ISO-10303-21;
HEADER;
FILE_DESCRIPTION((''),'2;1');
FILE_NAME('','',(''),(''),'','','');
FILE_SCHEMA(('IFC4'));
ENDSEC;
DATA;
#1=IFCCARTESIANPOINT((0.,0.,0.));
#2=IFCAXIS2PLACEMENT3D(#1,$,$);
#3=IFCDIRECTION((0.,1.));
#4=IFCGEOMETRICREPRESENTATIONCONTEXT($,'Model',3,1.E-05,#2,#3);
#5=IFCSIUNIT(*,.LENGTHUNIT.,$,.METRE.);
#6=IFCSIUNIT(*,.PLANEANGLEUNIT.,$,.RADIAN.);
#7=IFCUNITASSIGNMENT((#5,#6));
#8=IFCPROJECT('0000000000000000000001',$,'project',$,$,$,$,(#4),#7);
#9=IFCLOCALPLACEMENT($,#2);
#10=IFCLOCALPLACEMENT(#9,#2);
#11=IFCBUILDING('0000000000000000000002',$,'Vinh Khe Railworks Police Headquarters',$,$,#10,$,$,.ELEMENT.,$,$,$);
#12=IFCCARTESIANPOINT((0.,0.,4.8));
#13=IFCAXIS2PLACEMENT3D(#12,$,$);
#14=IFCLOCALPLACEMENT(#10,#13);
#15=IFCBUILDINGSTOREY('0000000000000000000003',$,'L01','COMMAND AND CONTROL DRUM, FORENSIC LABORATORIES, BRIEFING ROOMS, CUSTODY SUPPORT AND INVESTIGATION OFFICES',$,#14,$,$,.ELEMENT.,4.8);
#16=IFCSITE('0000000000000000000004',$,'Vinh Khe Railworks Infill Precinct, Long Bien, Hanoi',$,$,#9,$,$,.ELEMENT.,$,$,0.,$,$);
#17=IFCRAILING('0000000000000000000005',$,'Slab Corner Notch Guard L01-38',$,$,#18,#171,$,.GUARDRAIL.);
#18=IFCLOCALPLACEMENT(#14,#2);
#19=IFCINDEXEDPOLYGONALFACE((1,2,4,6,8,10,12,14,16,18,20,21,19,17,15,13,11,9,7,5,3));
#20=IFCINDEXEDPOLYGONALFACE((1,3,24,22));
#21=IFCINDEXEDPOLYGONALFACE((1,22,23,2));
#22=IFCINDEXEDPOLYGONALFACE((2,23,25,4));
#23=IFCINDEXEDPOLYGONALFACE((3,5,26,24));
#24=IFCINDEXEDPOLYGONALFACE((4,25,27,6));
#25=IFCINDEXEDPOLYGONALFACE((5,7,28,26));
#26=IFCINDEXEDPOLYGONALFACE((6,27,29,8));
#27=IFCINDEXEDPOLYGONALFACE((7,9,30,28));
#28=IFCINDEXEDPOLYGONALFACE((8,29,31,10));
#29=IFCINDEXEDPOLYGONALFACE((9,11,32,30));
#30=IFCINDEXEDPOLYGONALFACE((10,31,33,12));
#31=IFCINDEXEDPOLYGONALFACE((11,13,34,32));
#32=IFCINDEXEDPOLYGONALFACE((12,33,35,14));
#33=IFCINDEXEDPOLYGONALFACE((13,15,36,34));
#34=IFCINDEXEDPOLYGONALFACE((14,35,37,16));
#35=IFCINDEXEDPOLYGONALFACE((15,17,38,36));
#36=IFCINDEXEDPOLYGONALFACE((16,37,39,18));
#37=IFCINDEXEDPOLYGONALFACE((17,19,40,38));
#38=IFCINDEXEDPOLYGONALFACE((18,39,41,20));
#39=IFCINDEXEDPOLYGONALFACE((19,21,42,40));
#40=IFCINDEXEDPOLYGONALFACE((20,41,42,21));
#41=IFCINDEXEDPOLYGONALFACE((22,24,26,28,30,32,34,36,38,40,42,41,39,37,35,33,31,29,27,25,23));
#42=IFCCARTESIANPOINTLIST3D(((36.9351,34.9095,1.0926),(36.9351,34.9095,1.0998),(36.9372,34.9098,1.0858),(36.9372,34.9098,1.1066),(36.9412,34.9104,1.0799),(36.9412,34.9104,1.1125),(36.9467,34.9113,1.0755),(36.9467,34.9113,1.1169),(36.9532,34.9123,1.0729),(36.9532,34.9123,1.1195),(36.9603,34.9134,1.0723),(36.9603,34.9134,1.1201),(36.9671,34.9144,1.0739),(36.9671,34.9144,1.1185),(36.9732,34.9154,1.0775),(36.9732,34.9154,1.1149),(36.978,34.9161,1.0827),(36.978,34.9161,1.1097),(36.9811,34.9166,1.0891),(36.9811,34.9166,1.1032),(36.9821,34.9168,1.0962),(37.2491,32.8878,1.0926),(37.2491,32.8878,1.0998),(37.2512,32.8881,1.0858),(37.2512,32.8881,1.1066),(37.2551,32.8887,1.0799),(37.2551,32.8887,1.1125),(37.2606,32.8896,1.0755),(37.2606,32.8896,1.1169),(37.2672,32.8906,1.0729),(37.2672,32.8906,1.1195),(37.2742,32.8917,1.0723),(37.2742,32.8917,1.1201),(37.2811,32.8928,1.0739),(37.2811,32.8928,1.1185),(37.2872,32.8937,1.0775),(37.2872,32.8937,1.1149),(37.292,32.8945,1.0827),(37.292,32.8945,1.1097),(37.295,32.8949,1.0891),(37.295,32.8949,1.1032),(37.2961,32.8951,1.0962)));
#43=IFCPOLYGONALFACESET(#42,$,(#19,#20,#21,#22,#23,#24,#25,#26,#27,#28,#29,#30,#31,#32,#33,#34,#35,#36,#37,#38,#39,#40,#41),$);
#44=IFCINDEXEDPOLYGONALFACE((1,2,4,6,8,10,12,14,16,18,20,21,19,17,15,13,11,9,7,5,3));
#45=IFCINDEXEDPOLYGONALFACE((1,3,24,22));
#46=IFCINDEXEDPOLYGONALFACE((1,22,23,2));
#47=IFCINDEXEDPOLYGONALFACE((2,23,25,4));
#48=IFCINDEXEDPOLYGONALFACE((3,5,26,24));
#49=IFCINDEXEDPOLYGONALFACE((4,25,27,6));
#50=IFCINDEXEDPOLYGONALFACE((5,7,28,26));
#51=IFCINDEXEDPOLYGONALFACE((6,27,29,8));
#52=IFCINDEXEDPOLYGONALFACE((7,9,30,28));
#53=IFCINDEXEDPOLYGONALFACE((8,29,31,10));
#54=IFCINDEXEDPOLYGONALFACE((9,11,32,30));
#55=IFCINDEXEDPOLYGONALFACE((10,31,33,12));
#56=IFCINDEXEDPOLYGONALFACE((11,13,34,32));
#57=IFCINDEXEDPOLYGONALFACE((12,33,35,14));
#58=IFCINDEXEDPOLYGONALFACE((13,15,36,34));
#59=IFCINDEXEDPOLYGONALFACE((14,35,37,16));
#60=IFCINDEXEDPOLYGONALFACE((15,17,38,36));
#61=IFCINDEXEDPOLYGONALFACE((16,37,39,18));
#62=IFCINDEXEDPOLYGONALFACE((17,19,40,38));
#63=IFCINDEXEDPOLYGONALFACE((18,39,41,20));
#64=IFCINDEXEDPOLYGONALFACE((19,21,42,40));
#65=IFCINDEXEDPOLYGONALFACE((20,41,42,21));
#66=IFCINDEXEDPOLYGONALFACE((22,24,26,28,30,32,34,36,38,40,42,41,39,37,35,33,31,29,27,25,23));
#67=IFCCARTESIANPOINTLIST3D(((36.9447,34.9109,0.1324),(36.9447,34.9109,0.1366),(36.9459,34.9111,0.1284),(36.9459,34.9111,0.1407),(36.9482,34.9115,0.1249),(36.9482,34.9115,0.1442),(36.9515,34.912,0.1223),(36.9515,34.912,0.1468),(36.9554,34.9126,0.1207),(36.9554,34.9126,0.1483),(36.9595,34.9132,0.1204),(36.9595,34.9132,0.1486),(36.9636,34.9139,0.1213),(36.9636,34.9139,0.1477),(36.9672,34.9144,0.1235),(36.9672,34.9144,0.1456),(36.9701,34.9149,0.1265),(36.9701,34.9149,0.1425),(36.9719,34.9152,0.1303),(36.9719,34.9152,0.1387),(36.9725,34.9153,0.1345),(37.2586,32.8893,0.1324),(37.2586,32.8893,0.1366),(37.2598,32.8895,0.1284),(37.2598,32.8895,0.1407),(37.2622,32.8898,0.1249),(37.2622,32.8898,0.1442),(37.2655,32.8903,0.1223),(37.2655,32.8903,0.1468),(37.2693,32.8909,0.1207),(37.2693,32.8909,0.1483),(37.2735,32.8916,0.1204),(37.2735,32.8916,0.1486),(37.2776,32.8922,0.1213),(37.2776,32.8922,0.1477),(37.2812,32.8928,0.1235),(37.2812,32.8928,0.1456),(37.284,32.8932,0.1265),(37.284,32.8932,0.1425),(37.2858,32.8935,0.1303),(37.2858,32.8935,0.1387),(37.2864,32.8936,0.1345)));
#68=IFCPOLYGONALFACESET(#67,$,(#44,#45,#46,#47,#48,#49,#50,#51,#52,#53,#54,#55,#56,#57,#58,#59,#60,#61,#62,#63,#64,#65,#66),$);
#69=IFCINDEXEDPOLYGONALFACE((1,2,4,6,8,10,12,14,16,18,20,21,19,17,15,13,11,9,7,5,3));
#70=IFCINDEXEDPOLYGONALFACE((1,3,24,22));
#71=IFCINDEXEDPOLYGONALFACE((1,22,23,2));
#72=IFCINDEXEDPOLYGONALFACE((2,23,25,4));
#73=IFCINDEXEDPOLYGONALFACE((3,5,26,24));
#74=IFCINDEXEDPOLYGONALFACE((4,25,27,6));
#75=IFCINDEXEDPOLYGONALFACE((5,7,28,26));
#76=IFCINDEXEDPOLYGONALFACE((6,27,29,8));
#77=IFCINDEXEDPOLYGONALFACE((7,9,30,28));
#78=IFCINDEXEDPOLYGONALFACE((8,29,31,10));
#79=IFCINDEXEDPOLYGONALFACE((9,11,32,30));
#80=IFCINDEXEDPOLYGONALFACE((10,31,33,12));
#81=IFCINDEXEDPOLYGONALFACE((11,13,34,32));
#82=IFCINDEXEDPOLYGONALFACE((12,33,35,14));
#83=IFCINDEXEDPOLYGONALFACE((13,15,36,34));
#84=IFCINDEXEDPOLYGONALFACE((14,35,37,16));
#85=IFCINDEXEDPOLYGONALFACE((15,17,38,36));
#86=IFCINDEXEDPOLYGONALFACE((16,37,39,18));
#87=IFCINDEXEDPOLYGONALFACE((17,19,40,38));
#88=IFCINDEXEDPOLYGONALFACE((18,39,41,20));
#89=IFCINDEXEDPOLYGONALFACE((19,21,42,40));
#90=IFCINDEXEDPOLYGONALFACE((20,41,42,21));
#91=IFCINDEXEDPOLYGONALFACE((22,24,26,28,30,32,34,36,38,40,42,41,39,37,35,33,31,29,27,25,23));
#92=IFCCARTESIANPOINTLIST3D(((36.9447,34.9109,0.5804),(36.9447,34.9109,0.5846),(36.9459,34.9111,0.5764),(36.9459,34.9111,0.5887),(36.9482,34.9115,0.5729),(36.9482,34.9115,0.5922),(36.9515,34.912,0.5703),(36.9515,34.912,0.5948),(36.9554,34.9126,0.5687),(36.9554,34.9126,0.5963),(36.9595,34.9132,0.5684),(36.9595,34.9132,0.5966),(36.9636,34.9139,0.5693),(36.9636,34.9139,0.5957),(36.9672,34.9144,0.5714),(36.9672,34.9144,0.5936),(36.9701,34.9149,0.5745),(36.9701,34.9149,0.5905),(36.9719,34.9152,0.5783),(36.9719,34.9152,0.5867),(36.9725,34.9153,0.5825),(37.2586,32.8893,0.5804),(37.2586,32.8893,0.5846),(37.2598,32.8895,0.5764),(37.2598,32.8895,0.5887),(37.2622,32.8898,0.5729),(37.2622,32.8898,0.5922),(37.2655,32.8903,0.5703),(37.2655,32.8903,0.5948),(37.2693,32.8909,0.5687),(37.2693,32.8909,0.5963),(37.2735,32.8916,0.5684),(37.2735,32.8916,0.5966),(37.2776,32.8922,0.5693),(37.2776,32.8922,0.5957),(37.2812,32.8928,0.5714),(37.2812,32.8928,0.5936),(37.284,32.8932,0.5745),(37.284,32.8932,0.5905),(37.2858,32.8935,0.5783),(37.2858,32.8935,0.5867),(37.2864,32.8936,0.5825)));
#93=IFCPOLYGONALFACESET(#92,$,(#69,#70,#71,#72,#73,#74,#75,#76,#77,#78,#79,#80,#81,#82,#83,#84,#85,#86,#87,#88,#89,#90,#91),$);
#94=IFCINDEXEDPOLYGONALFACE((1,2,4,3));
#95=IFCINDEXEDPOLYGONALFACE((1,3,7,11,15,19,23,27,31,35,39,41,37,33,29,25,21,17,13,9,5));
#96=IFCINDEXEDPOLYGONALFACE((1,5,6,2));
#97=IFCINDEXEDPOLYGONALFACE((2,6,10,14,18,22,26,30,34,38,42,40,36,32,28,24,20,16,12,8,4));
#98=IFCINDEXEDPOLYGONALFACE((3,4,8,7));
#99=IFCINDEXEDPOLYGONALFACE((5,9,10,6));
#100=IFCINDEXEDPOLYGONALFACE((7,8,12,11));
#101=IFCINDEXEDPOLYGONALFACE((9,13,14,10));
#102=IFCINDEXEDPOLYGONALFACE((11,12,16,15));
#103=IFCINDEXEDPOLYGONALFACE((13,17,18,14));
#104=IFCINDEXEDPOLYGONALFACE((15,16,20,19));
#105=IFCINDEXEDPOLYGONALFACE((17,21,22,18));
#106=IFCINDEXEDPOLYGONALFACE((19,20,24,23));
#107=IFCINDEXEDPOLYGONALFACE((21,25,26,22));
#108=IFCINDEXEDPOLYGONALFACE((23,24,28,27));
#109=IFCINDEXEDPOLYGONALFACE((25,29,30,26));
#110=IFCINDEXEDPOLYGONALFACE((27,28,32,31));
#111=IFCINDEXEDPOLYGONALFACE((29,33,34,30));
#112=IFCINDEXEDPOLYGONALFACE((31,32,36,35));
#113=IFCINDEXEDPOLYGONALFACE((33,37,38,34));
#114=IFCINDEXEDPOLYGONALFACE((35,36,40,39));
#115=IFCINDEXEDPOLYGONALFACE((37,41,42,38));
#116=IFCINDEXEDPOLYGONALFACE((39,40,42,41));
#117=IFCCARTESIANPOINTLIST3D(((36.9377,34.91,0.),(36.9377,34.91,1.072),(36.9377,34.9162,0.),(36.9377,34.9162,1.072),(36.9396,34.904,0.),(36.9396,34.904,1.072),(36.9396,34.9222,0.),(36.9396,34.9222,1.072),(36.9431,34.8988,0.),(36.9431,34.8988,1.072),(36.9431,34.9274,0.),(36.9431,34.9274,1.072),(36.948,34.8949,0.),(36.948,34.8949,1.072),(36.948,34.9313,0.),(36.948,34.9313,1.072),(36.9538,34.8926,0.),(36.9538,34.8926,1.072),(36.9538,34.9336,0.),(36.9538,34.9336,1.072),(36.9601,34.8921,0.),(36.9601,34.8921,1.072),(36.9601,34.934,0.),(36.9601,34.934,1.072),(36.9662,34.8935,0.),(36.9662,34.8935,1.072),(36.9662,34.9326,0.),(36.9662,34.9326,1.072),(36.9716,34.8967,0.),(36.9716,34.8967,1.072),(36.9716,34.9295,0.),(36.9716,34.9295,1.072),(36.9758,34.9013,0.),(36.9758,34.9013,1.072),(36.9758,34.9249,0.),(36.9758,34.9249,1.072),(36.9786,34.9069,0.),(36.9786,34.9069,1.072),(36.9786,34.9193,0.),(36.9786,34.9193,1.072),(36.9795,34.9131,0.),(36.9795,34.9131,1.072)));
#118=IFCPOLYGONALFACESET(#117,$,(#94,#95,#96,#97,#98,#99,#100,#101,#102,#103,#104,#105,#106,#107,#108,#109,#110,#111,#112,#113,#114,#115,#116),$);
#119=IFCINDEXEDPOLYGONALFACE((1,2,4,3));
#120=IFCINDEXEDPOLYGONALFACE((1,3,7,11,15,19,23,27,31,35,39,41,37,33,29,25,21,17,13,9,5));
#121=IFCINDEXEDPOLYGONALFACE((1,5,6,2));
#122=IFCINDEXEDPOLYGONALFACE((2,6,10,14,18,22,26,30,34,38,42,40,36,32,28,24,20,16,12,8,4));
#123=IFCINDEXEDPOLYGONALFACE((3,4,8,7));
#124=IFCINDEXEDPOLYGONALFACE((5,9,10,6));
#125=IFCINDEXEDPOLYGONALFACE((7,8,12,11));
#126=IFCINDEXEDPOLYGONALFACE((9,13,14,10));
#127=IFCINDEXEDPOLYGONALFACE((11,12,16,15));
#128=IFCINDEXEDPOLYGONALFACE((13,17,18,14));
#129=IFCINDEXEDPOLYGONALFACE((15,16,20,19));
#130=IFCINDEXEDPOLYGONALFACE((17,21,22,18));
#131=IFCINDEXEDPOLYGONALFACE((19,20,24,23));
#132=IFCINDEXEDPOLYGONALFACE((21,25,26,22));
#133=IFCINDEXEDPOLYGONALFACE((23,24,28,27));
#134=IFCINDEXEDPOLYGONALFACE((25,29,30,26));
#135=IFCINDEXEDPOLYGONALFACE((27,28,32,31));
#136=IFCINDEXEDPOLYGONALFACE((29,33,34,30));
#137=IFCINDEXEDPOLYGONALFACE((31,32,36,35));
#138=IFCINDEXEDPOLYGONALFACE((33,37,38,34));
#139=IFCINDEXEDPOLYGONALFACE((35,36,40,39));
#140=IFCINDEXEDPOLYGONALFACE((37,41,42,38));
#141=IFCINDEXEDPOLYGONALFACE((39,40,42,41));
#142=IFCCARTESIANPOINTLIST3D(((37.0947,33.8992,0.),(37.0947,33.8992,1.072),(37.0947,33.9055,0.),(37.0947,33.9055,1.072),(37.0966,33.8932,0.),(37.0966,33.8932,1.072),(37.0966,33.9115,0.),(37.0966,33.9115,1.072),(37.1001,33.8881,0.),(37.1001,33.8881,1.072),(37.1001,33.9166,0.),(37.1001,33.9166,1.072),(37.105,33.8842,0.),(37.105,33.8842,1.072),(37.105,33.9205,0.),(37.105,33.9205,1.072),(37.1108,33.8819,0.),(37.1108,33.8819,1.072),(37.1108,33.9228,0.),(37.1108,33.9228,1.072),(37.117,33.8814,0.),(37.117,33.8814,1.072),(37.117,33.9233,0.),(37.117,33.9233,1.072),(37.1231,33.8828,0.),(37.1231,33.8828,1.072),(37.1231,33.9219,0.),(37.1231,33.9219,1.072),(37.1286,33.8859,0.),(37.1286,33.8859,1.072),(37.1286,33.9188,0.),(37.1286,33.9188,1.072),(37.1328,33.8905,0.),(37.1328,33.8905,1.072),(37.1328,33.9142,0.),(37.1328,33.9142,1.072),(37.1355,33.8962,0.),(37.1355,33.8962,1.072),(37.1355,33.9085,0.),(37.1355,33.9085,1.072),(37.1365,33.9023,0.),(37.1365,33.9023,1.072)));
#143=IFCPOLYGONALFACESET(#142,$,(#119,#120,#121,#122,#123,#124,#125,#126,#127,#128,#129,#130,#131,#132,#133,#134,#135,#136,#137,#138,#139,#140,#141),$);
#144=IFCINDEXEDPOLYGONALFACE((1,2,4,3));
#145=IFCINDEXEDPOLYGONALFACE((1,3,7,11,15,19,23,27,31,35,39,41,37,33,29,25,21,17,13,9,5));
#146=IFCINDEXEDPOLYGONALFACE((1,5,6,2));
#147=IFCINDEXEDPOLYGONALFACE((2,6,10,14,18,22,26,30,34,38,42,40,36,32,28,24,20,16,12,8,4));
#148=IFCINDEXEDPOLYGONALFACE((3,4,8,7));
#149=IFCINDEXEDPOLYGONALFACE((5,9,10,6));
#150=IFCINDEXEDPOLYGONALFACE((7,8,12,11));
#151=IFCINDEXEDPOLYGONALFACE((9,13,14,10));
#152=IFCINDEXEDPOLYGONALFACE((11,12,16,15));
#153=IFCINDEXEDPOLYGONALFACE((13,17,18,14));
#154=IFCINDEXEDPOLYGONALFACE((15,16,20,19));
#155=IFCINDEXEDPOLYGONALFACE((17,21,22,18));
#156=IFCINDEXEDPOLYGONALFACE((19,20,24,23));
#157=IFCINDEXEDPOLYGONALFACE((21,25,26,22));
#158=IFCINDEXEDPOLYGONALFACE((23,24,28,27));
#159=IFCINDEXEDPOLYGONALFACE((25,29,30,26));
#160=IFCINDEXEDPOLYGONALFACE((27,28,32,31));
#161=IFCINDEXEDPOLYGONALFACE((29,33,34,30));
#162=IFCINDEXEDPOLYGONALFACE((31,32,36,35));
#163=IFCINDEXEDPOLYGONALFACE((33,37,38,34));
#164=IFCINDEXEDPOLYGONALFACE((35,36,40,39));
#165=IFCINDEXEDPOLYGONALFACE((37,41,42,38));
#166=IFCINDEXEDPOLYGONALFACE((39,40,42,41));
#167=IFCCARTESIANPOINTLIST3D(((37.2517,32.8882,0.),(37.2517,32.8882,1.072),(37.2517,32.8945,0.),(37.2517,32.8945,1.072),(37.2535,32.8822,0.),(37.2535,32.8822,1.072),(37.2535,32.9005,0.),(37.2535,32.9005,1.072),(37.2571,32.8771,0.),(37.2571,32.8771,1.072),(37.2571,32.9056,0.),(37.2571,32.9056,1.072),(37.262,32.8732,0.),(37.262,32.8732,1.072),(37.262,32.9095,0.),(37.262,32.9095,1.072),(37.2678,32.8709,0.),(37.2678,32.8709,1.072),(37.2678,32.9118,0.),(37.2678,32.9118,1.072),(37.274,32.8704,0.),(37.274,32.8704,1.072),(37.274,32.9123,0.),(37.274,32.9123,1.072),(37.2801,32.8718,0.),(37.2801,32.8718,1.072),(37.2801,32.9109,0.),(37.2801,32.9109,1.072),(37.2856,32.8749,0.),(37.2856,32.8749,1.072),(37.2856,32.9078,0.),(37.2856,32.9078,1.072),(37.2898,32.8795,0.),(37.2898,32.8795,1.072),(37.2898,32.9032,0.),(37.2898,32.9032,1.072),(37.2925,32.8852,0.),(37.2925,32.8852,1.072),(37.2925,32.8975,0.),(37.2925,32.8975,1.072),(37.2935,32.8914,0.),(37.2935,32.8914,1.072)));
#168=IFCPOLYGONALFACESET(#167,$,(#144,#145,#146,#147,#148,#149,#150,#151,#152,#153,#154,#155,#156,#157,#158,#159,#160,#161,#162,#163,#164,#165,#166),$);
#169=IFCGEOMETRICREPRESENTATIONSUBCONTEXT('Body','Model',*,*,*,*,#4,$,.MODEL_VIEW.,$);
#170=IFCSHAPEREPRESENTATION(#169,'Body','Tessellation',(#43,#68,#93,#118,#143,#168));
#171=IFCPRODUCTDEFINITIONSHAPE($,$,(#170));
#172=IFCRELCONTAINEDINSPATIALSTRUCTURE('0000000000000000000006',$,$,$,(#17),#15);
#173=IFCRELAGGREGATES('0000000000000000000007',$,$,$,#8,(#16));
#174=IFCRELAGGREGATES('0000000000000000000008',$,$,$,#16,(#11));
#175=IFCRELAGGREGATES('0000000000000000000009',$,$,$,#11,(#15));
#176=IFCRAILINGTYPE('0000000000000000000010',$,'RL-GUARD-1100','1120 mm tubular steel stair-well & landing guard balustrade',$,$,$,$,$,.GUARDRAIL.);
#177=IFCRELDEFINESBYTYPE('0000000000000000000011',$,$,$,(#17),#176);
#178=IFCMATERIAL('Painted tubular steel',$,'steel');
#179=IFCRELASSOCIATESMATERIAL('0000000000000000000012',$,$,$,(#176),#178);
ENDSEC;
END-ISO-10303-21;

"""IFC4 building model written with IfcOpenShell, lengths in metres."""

from ifc_helpers import new_model, si_unit, direction, frame, origin, origin_2d, place, context, subcontext, project, spatial, circle, extrude, material, type_object, element, save


model = new_model("IFC4")

# Units and contexts
model_context = context("Model", 3, precision=1e-05, world=origin(), true_north=direction((0.0, 1.0)))
body_context = subcontext(model_context, "Body", "Model", "MODEL_VIEW")
ifc_project = project(units=[si_unit("LENGTHUNIT", "METRE"), si_unit("PLANEANGLEUNIT", "RADIAN")], contexts=[model_context])

# Site, building, storey
site_placement = place(None, origin())
site = spatial("IfcSite", under=ifc_project, at=site_placement, Name="Vinh Khe Railworks Infill Precinct, Long Bien, Hanoi", CompositionType="ELEMENT", RefElevation=0.0)
building_placement = place(site_placement, origin())
building = spatial("IfcBuilding", under=site, at=building_placement, Name="Vinh Khe Railworks Police Headquarters", CompositionType="ELEMENT")
storey_placement = place(building_placement, frame((0.0, 0.0, 4.8)))
storey = spatial("IfcBuildingStorey", under=building, at=storey_placement, Name="L01", Description="COMMAND AND CONTROL DRUM, FORENSIC LABORATORIES, BRIEFING ROOMS, CUSTODY SUPPORT AND INVESTIGATION OFFICES", CompositionType="ELEMENT", Elevation=4.8)

# Railing
ifc_material_1 = material(Name="Painted tubular steel", Category="steel")
railing_type = type_object("IfcRailingType", Name="RL-GUARD-1100", Description="1120 mm tubular steel stair-well & landing guard balustrade", PredefinedType="GUARDRAIL", material=ifc_material_1)
railing_1_placement = place(storey_placement, frame((36.9585, 34.9131, 0.0)))
element("IfcRailing", 1, at=railing_1_placement, inside=storey, type_object=railing_type, Name="Slab Corner Notch Guard L01-38", PredefinedType="GUARDRAIL", context=body_context, shape_type="SweptSolid", body=[
    extrude(circle(Radius=0.0239, at=origin_2d()), frame((0.0, 0.0, 1.0962), z_axis=(0.153456, -0.988156, 0.0), x_axis=(0.988156, 0.153456, 0.0)), (0.0, 0.0, 1.0), 2.0459),
    extrude(circle(Radius=0.0142, at=origin_2d()), frame((0.0, 0.0, 0.1345), z_axis=(0.153456, -0.988156, 0.0), x_axis=(0.988156, 0.153456, 0.0)), (0.0, 0.0, 1.0), 2.0459),
    extrude(circle(Radius=0.0142, at=origin_2d()), frame((0.0, 0.0, 0.5825), z_axis=(0.153456, -0.988156, 0.0), x_axis=(0.988156, 0.153456, 0.0)), (0.0, 0.0, 1.0), 2.0459),
    extrude(circle(Radius=0.021, at=origin_2d()), origin(), (0.0, 0.0, 1.0), 1.072),
    extrude(circle(Radius=0.021, at=origin_2d()), frame((0.157, -1.0107, 0.0)), (0.0, 0.0, 1.0), 1.072),
    extrude(circle(Radius=0.021, at=origin_2d()), frame((0.314, -2.0217, 0.0)), (0.0, 0.0, 1.0), 1.072),
])

save(model, "model.ifc")
